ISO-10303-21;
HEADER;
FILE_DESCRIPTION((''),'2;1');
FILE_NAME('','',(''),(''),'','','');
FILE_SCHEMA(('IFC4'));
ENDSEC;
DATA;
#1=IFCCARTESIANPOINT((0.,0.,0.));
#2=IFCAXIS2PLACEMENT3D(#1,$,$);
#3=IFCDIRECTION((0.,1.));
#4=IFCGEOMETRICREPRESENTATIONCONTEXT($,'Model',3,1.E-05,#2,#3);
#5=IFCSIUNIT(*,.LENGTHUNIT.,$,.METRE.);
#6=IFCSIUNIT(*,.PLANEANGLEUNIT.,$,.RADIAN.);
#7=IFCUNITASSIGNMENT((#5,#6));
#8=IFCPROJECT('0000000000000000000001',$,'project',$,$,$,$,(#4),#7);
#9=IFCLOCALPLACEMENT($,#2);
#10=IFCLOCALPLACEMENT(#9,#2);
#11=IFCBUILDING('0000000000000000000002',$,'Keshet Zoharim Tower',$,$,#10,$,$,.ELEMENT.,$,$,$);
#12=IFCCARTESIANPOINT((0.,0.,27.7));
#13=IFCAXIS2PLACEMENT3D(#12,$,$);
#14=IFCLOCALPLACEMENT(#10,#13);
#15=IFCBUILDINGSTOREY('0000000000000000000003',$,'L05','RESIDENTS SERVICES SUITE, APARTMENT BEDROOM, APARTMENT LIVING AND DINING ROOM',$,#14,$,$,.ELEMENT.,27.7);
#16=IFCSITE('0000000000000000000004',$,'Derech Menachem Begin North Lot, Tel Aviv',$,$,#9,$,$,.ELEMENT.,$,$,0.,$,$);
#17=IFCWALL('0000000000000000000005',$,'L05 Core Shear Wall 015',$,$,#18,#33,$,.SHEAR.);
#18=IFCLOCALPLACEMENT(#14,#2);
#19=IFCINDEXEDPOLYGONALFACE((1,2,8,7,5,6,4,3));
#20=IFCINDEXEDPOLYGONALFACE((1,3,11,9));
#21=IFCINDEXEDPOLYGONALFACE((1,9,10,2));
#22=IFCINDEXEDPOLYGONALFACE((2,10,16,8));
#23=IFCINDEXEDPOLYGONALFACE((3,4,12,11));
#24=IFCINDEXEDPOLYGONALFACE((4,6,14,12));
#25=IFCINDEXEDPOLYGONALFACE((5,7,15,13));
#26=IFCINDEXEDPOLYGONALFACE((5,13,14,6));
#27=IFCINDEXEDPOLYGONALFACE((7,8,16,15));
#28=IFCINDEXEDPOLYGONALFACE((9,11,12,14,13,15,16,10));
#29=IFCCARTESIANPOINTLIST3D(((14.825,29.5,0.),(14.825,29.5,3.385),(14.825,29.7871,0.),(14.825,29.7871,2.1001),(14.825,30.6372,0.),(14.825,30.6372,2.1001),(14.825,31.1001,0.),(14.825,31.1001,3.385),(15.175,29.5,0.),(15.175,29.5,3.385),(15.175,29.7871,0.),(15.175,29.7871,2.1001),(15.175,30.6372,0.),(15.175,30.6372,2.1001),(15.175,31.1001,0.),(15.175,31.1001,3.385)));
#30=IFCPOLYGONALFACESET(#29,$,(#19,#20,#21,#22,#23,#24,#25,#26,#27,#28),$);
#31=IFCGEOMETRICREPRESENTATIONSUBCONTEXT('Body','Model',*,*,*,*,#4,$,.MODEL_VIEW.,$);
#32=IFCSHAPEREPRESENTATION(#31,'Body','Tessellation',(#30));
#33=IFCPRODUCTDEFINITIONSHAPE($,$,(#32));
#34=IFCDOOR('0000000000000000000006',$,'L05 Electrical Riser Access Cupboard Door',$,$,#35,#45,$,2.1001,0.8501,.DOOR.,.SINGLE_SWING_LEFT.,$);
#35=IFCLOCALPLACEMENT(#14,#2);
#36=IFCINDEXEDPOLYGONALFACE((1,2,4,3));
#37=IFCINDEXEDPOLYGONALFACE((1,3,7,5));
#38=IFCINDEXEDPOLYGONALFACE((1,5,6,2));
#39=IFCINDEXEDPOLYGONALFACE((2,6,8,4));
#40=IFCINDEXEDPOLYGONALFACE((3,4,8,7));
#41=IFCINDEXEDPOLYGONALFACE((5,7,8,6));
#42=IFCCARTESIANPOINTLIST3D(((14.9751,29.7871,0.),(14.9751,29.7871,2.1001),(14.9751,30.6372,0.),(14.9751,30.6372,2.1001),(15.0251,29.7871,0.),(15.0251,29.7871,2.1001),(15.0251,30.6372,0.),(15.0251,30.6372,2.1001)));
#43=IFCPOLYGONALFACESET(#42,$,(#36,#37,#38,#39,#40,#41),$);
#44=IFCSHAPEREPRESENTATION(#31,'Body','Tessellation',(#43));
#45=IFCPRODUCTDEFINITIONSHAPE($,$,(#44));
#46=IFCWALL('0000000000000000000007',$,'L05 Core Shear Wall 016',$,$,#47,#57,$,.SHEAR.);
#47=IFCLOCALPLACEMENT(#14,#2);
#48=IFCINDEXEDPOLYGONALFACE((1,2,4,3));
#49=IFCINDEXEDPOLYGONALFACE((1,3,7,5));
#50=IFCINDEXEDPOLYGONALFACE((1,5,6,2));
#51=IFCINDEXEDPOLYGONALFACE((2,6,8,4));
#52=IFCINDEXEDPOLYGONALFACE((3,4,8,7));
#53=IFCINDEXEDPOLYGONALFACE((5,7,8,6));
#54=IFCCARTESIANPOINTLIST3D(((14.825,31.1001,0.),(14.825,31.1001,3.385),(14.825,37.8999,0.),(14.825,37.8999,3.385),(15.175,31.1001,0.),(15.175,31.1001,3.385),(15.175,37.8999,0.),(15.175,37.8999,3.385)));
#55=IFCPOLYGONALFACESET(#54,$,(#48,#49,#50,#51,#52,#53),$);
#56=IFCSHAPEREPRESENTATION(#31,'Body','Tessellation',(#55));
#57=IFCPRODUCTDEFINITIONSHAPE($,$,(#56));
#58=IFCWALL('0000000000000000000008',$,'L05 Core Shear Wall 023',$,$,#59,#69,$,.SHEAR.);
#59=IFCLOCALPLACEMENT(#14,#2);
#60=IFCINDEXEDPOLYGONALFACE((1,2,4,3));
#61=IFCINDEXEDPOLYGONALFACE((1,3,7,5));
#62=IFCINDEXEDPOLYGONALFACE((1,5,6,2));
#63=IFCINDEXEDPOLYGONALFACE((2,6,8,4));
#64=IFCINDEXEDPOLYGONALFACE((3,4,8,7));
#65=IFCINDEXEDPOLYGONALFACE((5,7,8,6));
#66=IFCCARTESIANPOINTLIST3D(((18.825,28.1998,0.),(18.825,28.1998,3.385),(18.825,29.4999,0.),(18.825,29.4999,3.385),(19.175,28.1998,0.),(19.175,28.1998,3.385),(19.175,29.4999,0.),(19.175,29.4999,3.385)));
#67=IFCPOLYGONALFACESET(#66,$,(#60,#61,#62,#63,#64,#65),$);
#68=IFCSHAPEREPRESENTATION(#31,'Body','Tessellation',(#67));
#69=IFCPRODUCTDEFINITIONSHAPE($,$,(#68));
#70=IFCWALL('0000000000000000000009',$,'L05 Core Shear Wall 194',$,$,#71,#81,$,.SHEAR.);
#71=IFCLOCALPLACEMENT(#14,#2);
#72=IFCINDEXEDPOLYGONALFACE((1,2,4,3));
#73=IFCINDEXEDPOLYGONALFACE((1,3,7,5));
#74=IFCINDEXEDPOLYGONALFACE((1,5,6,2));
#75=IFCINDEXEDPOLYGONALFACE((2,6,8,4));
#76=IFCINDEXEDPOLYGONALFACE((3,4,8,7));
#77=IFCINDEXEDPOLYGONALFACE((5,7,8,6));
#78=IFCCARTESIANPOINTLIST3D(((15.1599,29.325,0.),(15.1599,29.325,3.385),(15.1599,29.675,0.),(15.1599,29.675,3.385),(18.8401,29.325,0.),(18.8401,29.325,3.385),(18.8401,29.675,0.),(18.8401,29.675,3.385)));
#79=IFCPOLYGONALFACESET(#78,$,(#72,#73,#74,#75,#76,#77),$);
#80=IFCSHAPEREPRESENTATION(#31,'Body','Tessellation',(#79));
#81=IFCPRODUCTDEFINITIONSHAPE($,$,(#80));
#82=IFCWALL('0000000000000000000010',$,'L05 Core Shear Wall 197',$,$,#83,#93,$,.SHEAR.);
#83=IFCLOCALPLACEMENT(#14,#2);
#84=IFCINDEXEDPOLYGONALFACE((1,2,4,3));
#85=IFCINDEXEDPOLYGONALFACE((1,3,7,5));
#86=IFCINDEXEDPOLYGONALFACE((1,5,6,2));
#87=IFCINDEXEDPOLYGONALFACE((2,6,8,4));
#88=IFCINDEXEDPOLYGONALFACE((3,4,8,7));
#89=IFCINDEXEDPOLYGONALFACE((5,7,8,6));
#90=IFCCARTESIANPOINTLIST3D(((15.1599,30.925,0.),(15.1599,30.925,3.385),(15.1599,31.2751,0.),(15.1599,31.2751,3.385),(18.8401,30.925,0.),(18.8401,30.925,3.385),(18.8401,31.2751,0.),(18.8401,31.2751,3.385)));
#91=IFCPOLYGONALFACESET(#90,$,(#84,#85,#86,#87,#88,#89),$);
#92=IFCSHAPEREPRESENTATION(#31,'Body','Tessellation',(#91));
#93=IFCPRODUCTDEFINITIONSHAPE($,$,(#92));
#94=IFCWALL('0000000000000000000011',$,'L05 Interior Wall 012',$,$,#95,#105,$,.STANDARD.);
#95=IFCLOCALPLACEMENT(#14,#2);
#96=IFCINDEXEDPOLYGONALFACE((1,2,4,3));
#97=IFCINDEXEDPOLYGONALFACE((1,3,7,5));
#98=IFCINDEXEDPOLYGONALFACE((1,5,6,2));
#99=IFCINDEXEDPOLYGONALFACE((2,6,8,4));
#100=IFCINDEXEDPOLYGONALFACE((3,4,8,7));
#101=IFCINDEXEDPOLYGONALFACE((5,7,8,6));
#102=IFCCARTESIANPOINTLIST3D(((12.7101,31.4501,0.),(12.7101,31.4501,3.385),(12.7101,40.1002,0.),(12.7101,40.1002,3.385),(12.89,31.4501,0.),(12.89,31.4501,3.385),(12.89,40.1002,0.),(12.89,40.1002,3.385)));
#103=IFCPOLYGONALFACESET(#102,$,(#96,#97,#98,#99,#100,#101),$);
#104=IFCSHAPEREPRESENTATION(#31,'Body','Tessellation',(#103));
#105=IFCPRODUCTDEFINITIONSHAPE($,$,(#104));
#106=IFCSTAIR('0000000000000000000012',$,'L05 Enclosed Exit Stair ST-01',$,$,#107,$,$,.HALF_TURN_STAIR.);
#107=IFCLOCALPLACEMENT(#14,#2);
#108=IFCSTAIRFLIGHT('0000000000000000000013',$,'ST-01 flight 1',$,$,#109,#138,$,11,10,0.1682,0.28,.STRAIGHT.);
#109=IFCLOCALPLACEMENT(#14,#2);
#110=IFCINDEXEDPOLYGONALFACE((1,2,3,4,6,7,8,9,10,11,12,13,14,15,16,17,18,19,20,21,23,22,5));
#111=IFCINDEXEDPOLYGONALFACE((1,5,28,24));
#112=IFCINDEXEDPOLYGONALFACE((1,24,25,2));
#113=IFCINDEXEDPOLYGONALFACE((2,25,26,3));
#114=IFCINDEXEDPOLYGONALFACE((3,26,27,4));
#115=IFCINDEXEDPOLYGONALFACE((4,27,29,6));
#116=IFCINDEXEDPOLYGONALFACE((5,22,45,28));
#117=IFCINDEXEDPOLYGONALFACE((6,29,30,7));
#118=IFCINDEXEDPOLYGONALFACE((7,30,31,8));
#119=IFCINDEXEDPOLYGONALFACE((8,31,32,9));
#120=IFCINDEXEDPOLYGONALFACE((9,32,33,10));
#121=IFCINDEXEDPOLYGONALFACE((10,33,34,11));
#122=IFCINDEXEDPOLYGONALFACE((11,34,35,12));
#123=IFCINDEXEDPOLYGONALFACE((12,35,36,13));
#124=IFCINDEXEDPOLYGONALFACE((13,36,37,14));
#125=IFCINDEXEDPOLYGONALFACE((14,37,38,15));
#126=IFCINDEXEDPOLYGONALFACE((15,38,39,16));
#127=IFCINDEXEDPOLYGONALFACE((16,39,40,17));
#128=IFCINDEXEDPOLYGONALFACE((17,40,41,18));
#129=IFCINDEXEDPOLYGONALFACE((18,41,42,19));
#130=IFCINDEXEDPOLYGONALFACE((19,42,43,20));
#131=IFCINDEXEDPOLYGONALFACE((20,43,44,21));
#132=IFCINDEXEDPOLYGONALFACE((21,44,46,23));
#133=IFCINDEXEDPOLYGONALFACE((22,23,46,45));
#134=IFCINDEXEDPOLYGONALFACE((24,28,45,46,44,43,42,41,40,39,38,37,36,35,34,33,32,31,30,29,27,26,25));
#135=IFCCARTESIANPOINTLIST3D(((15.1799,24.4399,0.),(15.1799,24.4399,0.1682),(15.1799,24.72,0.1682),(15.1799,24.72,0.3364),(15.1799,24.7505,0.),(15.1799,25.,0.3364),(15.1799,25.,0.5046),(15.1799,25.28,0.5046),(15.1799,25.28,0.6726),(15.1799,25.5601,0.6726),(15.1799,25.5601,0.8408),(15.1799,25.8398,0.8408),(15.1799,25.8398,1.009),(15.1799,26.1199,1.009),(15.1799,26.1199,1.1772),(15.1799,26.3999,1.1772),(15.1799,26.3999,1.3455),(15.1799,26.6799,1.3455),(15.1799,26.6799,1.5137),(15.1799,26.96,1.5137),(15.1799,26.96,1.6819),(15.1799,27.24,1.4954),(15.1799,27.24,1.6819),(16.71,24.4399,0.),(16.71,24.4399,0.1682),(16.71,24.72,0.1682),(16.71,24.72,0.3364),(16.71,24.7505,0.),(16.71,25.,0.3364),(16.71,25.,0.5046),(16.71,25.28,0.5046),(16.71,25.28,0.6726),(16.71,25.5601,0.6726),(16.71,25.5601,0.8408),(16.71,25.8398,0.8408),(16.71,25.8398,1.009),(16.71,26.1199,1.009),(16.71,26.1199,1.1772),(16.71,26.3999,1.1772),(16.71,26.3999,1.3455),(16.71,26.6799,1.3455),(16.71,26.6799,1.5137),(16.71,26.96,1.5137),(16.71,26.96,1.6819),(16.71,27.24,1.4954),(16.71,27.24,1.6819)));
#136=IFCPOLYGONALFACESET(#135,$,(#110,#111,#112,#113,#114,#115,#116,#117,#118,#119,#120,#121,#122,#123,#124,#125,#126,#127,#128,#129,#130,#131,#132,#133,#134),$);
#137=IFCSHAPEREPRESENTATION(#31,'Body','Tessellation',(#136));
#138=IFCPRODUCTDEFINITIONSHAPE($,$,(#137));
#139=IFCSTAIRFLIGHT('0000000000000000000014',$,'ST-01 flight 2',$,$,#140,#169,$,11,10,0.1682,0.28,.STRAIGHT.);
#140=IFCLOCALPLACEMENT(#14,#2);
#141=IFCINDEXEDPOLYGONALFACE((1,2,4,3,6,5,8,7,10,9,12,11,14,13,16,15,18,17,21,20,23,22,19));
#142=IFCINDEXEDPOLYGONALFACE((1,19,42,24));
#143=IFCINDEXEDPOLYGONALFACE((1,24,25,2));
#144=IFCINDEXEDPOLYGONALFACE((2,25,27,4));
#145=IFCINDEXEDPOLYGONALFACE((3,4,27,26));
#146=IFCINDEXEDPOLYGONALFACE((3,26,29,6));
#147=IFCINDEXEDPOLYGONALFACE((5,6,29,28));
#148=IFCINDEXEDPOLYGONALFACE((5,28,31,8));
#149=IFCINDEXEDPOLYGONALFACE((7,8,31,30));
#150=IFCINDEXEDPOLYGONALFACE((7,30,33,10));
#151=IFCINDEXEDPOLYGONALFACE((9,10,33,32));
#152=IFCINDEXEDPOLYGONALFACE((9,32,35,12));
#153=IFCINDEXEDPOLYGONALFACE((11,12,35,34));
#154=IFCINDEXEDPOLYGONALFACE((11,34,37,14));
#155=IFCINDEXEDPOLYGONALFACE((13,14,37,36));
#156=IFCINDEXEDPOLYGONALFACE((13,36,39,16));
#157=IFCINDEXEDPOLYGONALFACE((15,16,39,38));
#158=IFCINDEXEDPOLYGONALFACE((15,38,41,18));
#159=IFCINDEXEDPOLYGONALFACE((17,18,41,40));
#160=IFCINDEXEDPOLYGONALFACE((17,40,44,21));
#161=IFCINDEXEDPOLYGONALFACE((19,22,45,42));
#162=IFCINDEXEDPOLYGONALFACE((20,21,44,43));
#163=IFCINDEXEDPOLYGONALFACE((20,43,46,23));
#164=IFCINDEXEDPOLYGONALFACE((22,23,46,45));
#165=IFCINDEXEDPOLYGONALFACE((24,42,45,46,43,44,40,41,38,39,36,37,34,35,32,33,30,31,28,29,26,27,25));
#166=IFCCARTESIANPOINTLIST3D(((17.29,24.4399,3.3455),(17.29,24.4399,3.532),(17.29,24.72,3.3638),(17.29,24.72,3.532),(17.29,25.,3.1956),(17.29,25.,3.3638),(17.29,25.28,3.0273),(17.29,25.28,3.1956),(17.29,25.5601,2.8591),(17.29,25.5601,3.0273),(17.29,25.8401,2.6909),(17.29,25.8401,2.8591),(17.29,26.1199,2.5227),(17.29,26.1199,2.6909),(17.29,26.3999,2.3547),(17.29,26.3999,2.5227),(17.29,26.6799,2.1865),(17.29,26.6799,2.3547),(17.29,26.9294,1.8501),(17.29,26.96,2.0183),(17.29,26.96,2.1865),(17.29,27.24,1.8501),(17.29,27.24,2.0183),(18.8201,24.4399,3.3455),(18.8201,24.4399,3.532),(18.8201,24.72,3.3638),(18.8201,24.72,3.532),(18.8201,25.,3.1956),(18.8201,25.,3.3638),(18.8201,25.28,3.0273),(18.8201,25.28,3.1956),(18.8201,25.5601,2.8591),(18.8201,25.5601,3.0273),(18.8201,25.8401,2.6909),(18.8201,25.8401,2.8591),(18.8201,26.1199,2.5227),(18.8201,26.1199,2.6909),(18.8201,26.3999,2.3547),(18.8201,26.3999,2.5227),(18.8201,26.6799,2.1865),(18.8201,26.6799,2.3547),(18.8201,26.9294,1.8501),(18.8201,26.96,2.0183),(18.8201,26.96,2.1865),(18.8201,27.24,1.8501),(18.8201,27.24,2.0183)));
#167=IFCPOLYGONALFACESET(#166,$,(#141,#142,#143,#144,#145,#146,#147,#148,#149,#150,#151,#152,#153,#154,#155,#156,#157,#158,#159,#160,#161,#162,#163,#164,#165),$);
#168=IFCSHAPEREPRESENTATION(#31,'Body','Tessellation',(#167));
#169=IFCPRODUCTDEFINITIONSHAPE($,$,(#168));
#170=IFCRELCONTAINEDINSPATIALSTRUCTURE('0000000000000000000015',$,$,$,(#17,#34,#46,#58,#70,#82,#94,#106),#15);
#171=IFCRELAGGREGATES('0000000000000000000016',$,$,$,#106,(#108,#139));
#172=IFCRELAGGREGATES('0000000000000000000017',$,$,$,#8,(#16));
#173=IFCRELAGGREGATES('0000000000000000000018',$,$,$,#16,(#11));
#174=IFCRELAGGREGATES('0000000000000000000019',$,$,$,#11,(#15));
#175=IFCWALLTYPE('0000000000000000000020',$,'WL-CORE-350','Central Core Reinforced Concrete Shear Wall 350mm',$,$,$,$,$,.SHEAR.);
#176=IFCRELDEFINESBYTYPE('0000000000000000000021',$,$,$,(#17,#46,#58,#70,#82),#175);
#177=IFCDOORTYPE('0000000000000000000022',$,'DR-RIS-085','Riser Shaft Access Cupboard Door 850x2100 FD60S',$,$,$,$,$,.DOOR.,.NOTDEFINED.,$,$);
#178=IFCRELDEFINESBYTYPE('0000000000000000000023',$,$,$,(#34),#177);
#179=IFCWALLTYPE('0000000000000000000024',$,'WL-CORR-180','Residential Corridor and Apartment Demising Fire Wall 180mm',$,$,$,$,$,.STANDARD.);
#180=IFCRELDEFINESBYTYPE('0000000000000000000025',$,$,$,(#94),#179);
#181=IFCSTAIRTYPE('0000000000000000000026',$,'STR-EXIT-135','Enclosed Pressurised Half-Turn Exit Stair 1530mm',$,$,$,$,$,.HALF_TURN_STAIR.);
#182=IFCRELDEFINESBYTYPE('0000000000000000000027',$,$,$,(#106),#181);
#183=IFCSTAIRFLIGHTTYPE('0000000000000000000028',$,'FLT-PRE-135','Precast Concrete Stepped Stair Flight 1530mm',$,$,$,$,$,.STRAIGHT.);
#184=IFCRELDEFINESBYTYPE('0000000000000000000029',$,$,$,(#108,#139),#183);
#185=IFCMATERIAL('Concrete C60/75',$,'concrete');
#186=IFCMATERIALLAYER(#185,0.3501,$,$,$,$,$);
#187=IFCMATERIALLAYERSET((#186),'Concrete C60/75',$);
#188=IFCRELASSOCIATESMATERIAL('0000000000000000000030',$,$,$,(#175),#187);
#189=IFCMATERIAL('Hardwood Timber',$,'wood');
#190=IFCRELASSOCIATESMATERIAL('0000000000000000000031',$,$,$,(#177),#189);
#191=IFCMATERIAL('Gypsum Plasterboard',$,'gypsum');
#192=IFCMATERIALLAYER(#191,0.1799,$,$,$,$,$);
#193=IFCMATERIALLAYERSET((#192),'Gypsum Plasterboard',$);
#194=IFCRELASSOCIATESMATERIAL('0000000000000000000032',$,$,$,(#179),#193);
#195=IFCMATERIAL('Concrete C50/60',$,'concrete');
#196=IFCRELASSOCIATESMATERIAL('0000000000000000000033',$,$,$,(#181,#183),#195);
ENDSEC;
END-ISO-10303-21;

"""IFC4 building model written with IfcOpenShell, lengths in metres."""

from ifc_helpers import new_model, si_unit, direction, frame, frame_2d, origin, place, context, subcontext, project, spatial, polyline, rectangle, outline, extrude, material, layer, layer_set, type_object, element, fill, aggregate, save


model = new_model("IFC4")

# Units and contexts
model_context = context("Model", 3, precision=1e-05, world=origin(), true_north=direction((0.0, 1.0)))
body_context = subcontext(model_context, "Body", "Model", "MODEL_VIEW")
ifc_project = project(units=[si_unit("LENGTHUNIT", "METRE"), si_unit("PLANEANGLEUNIT", "RADIAN")], contexts=[model_context])

# Site, building, storey
site_placement = place(None, origin())
site = spatial("IfcSite", under=ifc_project, at=site_placement, Name="Derech Menachem Begin North Lot, Tel Aviv", CompositionType="ELEMENT", RefElevation=0.0)
building_placement = place(site_placement, origin())
building = spatial("IfcBuilding", under=site, at=building_placement, Name="Keshet Zoharim Tower", CompositionType="ELEMENT")
storey_placement = place(building_placement, frame((0.0, 0.0, 27.7)))
storey = spatial("IfcBuildingStorey", under=building, at=storey_placement, Name="L05", Description="RESIDENTS SERVICES SUITE, APARTMENT BEDROOM, APARTMENT LIVING AND DINING ROOM", CompositionType="ELEMENT", Elevation=27.7)

# Wall, opening, door
ifc_material_1 = material(Name="Concrete C60/75", Category="concrete")
ifc_layer_1 = layer(ifc_material_1, 0.3501)
ifc_layer_set_1 = layer_set([ifc_layer_1], Name="Concrete C60/75")
wall_type_1 = type_object("IfcWallType", Name="WL-CORE-350", Description="Central Core Reinforced Concrete Shear Wall 350mm", PredefinedType="SHEAR", material=ifc_layer_set_1)
wall_1_placement = place(storey_placement, frame((15.0, 29.5, 0.0), z_axis=(0.0, 0.0, 1.0), x_axis=(0.0, 1.0, 0.0)))
wall_1 = element("IfcWall", 1, at=wall_1_placement, inside=storey, type_object=wall_type_1, Name="L05 Core Shear Wall 015", PredefinedType="SHEAR", context=body_context, shape_type="SweptSolid", body=[
    extrude(rectangle(XDim=1.6001, YDim=0.3501, at=frame_2d((0.8, 0.0))), origin(), (0.0, 0.0, 1.0), 3.385),
])
opening_1_placement = place(wall_1_placement, frame((0.2871, 0.0, 0.0)))
opening_1 = element("IfcOpeningElement", 2, at=opening_1_placement, cuts=wall_1, PredefinedType="OPENING", context=body_context, shape_type="SweptSolid", body=[
    extrude(rectangle(XDim=0.8501, YDim=2.1001, at=frame_2d((0.425, 1.05))), frame((0.0, 0.1851, 0.0), z_axis=(0.0, -1.0, 0.0), x_axis=(1.0, 0.0, 0.0)), (0.0, 0.0, 1.0), 0.3701),
])
ifc_material_2 = material(Name="Hardwood Timber", Category="wood")
door_type_1 = type_object("IfcDoorType", Name="DR-RIS-085", Description="Riser Shaft Access Cupboard Door 850x2100 FD60S", OperationType="NOTDEFINED", PredefinedType="DOOR", material=ifc_material_2)
door_1_placement = place(opening_1_placement, origin())
door_1 = element("IfcDoor", 3, at=door_1_placement, inside=storey, type_object=door_type_1, Name="L05 Electrical Riser Access Cupboard Door", OperationType="SINGLE_SWING_LEFT", OverallHeight=2.1001, OverallWidth=0.8501, PredefinedType="DOOR", context=body_context, shape_type="SweptSolid", body=[
    extrude(rectangle(XDim=0.8501, YDim=2.1001, at=frame_2d((0.425, 1.05))), frame((0.0, 0.0249, 0.0), z_axis=(0.0, -1.0, 0.0), x_axis=(1.0, 0.0, 0.0)), (0.0, 0.0, 1.0), 0.05),
])
fill(opening_1, door_1)

# Walls
wall_2_placement = place(storey_placement, frame((15.0, 31.1001, 0.0), z_axis=(0.0, 0.0, 1.0), x_axis=(0.0, 1.0, 0.0)))
element("IfcWall", 4, at=wall_2_placement, inside=storey, type_object=wall_type_1, Name="L05 Core Shear Wall 016", PredefinedType="SHEAR", context=body_context, shape_type="SweptSolid", body=[
    extrude(rectangle(XDim=6.7998, YDim=0.3501, at=frame_2d((3.3999, 0.0))), origin(), (0.0, 0.0, 1.0), 3.385),
])
wall_3_placement = place(storey_placement, frame((19.0, 28.2, 0.0), z_axis=(0.0, 0.0, 1.0), x_axis=(0.0, 1.0, 0.0)))
element("IfcWall", 5, at=wall_3_placement, inside=storey, type_object=wall_type_1, Name="L05 Core Shear Wall 023", PredefinedType="SHEAR", context=body_context, shape_type="SweptSolid", body=[
    extrude(rectangle(XDim=1.3, YDim=0.3501, at=frame_2d((0.6499, 0.0))), origin(), (0.0, 0.0, 1.0), 3.385),
])

# Walls
for number, where, z_axis, x_axis, name in (
    (6, (15.1599, 29.5, 0.0), (0.0, 0.0, 1.0), (1.0, 0.0, 0.0), "L05 Core Shear Wall 194"),
    (7, (15.1599, 31.1001, 0.0), (0.0, 0.0, 1.0), (1.0, 0.0, 0.0), "L05 Core Shear Wall 197"),
):
    element("IfcWall", number, at=place(storey_placement, frame(where, z_axis=z_axis, x_axis=x_axis)), inside=storey, type_object=wall_type_1, Name=name, PredefinedType="SHEAR", context=body_context, shape_type="SweptSolid", body=[
        extrude(rectangle(XDim=3.6802, YDim=0.3501, at=frame_2d((1.8401, 0.0))), origin(), (0.0, 0.0, 1.0), 3.385),
    ])
ifc_material_3 = material(Name="Gypsum Plasterboard", Category="gypsum")
ifc_layer_2 = layer(ifc_material_3, 0.1799)
ifc_layer_set_2 = layer_set([ifc_layer_2], Name="Gypsum Plasterboard")
wall_type_2 = type_object("IfcWallType", Name="WL-CORR-180", Description="Residential Corridor and Apartment Demising Fire Wall 180mm", PredefinedType="STANDARD", material=ifc_layer_set_2)
wall_4_placement = place(storey_placement, frame((12.8, 31.45, 0.0), z_axis=(0.0, 0.0, 1.0), x_axis=(0.0, 1.0, 0.0)))
element("IfcWall", 8, at=wall_4_placement, inside=storey, type_object=wall_type_2, Name="L05 Interior Wall 012", PredefinedType="STANDARD", context=body_context, shape_type="SweptSolid", body=[
    extrude(rectangle(XDim=8.6501, YDim=0.1799, at=frame_2d((4.3252, 0.0))), origin(), (0.0, 0.0, 1.0), 3.385),
])

# Stair, stair flights
ifc_material_4 = material(Name="Concrete C50/60", Category="concrete")
stair_type = type_object("IfcStairType", Name="STR-EXIT-135", Description="Enclosed Pressurised Half-Turn Exit Stair 1530mm", PredefinedType="HALF_TURN_STAIR", material=ifc_material_4)
stair_1_placement = place(storey_placement, origin())
stair_1 = element("IfcStair", 9, at=stair_1_placement, inside=storey, type_object=stair_type, Name="L05 Enclosed Exit Stair ST-01", PredefinedType="HALF_TURN_STAIR")
stair_flight_type = type_object("IfcStairFlightType", Name="FLT-PRE-135", Description="Precast Concrete Stepped Stair Flight 1530mm", PredefinedType="STRAIGHT", material=ifc_material_4)
stair_flight_1_placement = place(storey_placement, frame((15.9451, 24.4399, 0.0), z_axis=(0.0, 0.0, 1.0), x_axis=(0.0, 1.0, 0.0)))
stair_flight_1 = element("IfcStairFlight", 10, at=stair_flight_1_placement, type_object=stair_flight_type, Name="ST-01 flight 1", NumberOfRisers=11, NumberOfTreads=10, PredefinedType="STRAIGHT", RiserHeight=0.1682, TreadLength=0.28, context=body_context, shape_type="SweptSolid", body=[
    extrude(outline(polyline([(0.0, 0.0), (0.0, 0.1682), (0.28, 0.1682), (0.28, 0.3364), (0.5601, 0.3364), (0.5601, 0.5046), (0.8401, 0.5046), (0.8401, 0.6726), (1.1201, 0.6726), (1.1201, 0.8408), (1.3999, 0.8408), (1.3999, 1.009), (1.6799, 1.009), (1.6799, 1.1772), (1.96, 1.1772), (1.96, 1.3455), (2.24, 1.3455), (2.24, 1.5137), (2.52, 1.5137), (2.52, 1.6819), (2.8, 1.6819), (2.8, 1.8501), (2.8, 1.4954), (0.3105, 0.0), (0.0, 0.0)])), frame((0.0, 0.7651, 0.0), z_axis=(0.0, -1.0, 0.0), x_axis=(1.0, 0.0, 0.0)), (0.0, 0.0, 1.0), 1.53),
])
stair_flight_2_placement = place(storey_placement, frame((18.0549, 27.24, 1.8501), z_axis=(0.0, 0.0, 1.0), x_axis=(0.0, -1.0, 0.0)))
stair_flight_2 = element("IfcStairFlight", 11, at=stair_flight_2_placement, type_object=stair_flight_type, Name="ST-01 flight 2", NumberOfRisers=11, NumberOfTreads=10, PredefinedType="STRAIGHT", RiserHeight=0.1682, TreadLength=0.28, context=body_context, shape_type="SweptSolid", body=[
    extrude(outline(polyline([(0.0, 0.0), (0.0, 0.1682), (0.28, 0.1682), (0.28, 0.3364), (0.5601, 0.3364), (0.5601, 0.5046), (0.8401, 0.5046), (0.8401, 0.6726), (1.1201, 0.6726), (1.1201, 0.8408), (1.3999, 0.8408), (1.3999, 1.009), (1.6799, 1.009), (1.6799, 1.1772), (1.96, 1.1772), (1.96, 1.3455), (2.24, 1.3455), (2.24, 1.5137), (2.52, 1.5137), (2.52, 1.6819), (2.8, 1.6819), (2.8, 1.8501), (2.8, 1.4954), (0.3105, 0.0), (0.0, 0.0)])), frame((0.0, 0.7651, 0.0), z_axis=(0.0, -1.0, 0.0), x_axis=(1.0, 0.0, 0.0)), (0.0, 0.0, 1.0), 1.53),
])
aggregate(stair_1, [stair_flight_1, stair_flight_2])

save(model, "model.ifc")
